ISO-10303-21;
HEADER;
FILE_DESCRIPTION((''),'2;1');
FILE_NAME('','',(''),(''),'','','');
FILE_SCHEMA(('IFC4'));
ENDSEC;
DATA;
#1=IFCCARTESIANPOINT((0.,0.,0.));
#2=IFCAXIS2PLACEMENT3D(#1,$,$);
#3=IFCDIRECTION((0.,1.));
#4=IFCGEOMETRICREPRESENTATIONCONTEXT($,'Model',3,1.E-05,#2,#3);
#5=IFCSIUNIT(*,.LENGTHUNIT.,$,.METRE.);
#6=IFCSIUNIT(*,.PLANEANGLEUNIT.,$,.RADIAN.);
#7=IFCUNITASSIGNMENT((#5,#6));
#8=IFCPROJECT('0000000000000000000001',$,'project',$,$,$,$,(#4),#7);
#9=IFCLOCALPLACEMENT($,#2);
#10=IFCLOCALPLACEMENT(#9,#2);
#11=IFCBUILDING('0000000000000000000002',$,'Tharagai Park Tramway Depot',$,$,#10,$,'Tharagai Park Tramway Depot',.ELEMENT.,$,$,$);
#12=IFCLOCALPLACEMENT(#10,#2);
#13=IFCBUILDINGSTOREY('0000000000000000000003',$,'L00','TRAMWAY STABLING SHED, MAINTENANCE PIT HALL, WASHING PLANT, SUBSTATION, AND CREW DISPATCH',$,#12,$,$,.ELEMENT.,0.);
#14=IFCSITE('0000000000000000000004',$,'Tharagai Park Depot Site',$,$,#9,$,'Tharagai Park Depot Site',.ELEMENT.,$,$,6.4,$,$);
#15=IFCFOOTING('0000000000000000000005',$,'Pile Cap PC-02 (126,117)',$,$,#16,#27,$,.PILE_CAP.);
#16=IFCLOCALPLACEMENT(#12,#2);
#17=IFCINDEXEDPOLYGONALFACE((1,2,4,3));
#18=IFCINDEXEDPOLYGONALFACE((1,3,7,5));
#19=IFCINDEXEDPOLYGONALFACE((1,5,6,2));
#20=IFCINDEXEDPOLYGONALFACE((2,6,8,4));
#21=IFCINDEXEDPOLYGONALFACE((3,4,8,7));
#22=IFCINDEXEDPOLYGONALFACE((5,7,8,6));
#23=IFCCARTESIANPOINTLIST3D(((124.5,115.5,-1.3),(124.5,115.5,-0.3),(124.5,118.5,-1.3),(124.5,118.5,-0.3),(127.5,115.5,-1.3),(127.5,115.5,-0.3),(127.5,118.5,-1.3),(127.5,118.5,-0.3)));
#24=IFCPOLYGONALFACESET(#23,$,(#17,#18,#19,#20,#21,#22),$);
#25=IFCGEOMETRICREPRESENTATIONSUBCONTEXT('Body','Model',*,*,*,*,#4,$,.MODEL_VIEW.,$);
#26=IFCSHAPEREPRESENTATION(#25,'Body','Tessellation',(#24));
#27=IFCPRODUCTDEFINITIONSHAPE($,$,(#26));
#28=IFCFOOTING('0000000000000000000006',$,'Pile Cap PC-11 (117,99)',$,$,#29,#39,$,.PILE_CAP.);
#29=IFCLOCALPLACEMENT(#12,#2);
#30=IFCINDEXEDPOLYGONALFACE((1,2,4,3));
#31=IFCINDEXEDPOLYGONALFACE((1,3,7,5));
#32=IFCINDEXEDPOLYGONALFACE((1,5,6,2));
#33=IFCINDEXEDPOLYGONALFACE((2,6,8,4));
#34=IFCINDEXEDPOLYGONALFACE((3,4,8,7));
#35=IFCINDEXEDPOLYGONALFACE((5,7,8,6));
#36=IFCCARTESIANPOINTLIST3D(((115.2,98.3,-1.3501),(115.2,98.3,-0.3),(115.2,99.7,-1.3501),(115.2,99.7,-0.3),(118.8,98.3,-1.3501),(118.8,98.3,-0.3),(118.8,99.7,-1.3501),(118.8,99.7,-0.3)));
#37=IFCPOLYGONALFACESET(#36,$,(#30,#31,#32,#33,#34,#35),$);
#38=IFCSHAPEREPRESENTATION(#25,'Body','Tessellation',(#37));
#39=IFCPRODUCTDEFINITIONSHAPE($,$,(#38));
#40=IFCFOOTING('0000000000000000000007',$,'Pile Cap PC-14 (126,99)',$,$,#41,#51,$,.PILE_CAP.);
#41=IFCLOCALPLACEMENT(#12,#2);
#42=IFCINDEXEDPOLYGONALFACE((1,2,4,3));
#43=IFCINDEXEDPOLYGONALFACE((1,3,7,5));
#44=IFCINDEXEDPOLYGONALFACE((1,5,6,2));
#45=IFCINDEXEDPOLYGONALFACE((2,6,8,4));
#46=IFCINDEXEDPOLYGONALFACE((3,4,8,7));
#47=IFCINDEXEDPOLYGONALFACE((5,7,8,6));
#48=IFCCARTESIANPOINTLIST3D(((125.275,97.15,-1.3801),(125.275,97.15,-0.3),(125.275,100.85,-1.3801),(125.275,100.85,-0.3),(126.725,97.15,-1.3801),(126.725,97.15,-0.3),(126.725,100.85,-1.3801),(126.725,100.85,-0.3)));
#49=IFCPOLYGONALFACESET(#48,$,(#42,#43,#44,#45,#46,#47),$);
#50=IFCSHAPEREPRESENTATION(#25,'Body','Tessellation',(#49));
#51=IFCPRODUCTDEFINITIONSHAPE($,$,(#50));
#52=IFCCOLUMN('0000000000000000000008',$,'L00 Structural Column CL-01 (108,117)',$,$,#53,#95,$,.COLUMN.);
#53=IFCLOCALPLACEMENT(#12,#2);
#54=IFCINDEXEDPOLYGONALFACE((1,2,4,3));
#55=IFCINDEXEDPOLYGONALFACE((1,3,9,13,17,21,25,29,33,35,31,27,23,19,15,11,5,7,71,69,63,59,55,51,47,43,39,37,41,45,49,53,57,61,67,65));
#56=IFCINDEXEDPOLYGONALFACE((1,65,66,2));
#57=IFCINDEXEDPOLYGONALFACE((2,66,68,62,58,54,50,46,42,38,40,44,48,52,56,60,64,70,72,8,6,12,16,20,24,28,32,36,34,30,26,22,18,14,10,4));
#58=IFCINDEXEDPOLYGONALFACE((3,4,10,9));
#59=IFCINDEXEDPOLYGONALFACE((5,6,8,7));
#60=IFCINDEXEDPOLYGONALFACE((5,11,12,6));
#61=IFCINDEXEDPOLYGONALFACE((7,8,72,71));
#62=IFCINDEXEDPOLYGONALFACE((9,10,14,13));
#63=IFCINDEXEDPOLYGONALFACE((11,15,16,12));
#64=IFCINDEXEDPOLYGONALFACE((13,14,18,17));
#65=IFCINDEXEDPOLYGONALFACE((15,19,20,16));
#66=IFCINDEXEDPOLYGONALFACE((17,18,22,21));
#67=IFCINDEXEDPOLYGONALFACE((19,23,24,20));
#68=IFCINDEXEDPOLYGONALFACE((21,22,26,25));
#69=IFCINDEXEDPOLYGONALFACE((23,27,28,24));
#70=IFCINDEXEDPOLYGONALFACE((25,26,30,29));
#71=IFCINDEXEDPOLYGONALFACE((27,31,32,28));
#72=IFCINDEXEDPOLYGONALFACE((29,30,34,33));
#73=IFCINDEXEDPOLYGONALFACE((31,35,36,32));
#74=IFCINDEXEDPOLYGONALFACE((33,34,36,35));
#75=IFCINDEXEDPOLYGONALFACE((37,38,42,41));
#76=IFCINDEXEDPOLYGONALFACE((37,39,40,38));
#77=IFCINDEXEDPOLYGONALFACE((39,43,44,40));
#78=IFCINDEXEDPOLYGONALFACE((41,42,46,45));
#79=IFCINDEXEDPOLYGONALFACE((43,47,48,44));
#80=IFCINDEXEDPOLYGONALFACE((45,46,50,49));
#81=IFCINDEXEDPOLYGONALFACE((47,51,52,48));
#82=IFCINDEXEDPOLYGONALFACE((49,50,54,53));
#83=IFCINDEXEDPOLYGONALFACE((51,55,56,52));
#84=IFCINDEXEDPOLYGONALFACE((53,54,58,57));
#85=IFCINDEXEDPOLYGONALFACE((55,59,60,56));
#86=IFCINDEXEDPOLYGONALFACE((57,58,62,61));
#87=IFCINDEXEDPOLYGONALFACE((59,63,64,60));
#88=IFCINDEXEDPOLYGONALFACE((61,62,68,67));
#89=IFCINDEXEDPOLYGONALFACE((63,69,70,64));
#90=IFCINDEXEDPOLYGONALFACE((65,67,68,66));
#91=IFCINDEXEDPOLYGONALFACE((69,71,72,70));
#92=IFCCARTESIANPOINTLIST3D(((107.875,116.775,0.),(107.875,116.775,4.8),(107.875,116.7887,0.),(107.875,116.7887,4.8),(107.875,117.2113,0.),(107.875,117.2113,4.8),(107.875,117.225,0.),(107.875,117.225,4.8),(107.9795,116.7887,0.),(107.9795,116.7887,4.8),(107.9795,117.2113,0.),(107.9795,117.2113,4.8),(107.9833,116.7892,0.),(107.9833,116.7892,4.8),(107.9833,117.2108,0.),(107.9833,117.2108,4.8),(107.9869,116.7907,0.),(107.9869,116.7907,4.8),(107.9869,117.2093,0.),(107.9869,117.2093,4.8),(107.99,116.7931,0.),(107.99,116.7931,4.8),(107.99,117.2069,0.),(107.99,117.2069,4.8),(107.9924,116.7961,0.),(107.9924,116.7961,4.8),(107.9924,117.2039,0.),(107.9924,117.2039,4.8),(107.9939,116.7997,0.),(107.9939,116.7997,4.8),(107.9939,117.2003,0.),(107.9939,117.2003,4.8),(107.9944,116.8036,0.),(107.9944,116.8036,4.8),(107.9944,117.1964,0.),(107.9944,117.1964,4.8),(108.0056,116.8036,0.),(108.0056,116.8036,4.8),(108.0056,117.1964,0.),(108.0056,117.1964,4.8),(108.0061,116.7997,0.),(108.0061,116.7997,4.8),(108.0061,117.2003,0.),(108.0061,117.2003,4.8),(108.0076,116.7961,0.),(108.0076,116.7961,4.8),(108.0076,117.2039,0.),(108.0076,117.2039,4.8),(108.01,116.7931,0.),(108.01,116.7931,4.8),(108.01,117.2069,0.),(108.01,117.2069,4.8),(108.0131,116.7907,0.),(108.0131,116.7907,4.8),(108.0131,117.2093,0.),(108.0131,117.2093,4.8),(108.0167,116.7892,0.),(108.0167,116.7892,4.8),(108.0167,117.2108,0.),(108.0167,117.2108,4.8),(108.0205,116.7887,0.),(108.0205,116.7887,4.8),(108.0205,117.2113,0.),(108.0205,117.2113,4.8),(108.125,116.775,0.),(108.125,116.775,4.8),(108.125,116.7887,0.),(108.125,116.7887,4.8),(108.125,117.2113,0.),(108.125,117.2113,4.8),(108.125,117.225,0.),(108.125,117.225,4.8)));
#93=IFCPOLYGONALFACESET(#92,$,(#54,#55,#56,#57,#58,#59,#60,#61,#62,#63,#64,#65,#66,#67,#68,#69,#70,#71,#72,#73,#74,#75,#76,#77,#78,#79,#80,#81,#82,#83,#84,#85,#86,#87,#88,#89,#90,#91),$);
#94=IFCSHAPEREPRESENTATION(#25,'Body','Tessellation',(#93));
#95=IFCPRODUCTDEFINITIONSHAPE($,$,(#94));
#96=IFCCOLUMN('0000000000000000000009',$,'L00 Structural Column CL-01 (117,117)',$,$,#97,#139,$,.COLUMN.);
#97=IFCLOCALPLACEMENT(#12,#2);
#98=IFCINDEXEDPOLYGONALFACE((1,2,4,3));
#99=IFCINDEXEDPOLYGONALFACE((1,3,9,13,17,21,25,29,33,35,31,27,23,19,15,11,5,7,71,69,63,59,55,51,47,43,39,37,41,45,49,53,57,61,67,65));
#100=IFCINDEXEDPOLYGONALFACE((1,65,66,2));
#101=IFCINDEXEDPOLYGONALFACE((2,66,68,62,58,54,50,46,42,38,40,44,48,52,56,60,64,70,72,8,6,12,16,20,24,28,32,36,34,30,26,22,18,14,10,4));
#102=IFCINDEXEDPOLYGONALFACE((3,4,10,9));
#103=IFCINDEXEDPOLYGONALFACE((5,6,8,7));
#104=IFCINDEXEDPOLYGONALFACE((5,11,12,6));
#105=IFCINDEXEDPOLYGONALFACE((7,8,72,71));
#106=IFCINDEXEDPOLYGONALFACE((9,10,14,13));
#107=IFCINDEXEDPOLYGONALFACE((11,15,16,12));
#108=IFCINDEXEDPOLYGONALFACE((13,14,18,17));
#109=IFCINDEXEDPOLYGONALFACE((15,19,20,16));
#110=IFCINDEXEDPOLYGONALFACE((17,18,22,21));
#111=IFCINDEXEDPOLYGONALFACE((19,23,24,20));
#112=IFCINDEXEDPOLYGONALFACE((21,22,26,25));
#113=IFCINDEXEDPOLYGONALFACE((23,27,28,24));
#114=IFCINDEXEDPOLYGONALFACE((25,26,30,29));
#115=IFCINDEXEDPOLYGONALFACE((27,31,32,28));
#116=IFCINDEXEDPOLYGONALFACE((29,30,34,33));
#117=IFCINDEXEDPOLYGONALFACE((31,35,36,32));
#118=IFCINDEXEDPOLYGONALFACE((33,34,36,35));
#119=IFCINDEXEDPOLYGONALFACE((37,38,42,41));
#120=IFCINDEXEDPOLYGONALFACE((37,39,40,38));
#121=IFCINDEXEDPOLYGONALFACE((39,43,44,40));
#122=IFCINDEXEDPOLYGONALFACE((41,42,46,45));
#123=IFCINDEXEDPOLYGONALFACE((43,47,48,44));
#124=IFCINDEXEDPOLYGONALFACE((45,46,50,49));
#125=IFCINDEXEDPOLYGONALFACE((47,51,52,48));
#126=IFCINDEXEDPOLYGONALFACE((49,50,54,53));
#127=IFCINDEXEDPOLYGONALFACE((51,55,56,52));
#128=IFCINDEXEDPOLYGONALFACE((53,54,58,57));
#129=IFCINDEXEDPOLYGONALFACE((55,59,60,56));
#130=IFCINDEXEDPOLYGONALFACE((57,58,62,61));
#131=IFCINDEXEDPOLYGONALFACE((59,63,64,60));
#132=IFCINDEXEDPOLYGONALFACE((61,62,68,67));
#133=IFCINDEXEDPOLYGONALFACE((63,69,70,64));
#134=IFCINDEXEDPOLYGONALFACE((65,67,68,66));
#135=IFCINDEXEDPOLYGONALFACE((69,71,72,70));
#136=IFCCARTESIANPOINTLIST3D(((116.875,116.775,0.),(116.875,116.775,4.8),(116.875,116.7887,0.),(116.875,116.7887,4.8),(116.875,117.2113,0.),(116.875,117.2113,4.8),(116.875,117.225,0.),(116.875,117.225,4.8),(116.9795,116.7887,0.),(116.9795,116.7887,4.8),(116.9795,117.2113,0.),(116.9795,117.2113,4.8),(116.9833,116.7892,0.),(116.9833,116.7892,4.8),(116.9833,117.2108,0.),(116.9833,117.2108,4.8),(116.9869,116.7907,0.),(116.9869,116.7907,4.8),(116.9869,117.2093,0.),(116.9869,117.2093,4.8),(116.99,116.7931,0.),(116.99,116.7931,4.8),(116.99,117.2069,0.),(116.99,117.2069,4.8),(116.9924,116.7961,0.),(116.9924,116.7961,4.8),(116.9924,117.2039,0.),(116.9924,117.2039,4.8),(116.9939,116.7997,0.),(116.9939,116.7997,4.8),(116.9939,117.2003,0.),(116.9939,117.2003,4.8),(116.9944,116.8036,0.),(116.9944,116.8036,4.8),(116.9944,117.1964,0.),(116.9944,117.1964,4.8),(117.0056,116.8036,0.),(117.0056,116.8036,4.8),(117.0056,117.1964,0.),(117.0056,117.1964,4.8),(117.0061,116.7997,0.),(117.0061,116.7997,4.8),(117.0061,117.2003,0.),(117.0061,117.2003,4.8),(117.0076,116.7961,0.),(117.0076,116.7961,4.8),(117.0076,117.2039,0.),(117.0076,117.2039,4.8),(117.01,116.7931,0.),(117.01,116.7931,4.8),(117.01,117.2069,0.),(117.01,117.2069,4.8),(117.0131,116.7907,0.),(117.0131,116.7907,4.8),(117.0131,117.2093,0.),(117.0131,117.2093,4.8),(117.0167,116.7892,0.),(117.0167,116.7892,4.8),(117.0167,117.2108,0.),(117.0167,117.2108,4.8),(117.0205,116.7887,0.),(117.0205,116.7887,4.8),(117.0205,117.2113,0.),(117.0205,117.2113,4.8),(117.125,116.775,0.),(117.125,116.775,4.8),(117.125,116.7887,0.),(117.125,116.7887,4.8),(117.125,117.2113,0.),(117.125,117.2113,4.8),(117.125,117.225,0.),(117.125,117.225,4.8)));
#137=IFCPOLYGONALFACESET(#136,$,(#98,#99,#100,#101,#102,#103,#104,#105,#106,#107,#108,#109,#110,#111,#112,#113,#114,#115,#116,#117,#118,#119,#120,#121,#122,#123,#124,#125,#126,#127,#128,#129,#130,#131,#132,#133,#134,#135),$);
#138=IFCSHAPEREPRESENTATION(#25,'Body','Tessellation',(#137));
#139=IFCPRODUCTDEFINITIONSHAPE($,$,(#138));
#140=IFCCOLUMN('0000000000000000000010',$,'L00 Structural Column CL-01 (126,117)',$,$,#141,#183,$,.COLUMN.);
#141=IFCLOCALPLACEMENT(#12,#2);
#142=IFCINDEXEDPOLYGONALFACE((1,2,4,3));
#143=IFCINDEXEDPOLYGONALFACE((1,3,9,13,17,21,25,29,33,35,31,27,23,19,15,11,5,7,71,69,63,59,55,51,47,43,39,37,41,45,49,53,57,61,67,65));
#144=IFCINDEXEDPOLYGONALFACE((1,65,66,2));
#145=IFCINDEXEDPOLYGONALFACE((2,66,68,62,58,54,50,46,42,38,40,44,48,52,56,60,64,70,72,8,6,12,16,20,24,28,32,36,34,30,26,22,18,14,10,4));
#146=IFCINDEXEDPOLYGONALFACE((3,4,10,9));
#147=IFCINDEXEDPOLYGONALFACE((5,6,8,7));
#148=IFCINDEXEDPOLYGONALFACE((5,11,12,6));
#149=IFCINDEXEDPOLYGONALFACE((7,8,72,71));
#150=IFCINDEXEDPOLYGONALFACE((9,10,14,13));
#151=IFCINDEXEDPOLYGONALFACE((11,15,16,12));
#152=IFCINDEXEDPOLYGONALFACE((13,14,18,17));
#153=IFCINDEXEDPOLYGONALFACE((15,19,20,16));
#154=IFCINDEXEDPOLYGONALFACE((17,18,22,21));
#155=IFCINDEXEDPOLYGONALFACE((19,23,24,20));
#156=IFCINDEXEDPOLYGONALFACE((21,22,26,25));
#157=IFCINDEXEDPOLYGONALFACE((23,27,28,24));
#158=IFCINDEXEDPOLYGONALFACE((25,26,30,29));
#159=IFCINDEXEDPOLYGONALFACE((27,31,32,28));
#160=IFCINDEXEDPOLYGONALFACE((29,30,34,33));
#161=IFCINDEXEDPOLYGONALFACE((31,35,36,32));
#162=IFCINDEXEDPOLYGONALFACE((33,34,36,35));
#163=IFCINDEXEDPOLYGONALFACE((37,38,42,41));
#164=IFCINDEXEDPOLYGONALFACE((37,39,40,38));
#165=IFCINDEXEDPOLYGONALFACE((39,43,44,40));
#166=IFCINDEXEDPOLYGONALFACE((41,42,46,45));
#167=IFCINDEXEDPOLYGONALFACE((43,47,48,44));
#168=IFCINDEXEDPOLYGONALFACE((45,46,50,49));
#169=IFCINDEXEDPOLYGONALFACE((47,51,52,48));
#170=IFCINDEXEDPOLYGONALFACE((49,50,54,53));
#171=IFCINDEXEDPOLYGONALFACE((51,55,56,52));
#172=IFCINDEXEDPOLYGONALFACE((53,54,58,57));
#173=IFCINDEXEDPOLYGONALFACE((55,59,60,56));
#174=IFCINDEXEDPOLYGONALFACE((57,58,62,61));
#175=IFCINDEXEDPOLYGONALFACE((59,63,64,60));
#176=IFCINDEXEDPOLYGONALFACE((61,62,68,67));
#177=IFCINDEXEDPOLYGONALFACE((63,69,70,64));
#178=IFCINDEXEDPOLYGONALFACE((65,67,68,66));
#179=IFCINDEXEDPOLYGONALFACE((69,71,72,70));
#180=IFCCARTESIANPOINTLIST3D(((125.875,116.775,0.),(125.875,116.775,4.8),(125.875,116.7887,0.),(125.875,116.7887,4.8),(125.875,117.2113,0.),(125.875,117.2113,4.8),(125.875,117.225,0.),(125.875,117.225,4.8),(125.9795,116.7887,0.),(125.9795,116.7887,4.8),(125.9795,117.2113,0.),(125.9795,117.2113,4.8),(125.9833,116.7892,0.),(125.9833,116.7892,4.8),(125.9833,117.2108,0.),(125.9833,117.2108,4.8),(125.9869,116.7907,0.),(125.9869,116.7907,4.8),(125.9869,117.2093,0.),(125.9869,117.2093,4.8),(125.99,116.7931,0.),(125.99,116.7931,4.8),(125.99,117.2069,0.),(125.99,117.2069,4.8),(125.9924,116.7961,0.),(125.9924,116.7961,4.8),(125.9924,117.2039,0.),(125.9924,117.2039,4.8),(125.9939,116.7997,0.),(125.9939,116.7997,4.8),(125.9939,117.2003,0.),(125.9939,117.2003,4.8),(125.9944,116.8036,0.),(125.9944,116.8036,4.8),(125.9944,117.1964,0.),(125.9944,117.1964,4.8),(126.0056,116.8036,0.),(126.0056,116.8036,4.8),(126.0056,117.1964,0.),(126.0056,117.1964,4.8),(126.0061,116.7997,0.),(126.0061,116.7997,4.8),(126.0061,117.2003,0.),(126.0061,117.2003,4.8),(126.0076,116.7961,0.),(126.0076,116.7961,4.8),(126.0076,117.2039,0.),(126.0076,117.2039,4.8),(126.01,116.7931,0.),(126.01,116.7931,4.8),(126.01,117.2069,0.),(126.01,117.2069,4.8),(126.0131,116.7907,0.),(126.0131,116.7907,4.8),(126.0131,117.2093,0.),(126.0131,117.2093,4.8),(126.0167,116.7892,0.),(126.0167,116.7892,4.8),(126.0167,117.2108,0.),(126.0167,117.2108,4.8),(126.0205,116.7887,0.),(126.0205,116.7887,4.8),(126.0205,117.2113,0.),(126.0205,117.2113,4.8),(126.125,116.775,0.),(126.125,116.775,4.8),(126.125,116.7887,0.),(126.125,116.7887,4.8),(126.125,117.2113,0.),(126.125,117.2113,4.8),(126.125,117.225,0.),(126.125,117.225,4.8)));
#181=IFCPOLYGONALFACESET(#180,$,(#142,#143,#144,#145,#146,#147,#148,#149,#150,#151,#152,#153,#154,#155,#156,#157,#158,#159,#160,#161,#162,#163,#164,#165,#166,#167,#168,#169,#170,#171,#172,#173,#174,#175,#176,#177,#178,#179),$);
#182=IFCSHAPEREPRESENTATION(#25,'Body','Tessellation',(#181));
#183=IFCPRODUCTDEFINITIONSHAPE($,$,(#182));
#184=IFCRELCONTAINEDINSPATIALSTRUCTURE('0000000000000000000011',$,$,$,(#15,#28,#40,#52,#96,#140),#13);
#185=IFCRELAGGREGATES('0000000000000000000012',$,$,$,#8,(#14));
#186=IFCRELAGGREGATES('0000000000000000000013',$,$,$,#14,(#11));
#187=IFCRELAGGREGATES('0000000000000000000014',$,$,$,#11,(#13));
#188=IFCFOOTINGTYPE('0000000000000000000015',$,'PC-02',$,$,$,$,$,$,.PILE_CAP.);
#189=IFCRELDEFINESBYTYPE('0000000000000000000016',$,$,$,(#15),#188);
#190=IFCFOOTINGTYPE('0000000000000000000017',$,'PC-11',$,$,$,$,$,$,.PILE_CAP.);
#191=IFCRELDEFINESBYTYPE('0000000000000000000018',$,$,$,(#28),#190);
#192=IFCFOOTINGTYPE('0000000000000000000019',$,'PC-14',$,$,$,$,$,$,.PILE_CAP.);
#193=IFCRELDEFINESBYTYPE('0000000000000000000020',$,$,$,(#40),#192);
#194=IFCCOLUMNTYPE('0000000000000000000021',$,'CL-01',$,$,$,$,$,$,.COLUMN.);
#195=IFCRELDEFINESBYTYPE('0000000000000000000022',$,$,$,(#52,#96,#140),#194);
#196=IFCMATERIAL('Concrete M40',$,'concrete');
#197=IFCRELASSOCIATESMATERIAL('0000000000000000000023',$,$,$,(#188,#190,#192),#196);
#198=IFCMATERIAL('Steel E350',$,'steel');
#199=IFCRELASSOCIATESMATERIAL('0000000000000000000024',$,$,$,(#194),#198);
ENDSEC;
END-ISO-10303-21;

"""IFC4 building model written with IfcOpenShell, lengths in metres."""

from ifc_helpers import new_model, si_unit, direction, frame, origin, origin_2d, place, context, subcontext, project, spatial, rectangle, i_section, extrude, material, material_profile, profile_set, type_object, element, save


model = new_model("IFC4")

# Units and contexts
model_context = context("Model", 3, precision=1e-05, world=origin(), true_north=direction((0.0, 1.0)))
body_context = subcontext(model_context, "Body", "Model", "MODEL_VIEW")
ifc_project = project(units=[si_unit("LENGTHUNIT", "METRE"), si_unit("PLANEANGLEUNIT", "RADIAN")], contexts=[model_context])

# Site, building, storey
site_placement = place(None, origin())
site = spatial("IfcSite", under=ifc_project, at=site_placement, Name="Tharagai Park Depot Site", LongName="Tharagai Park Depot Site", CompositionType="ELEMENT", RefElevation=6.4)
building_placement = place(site_placement, origin())
building = spatial("IfcBuilding", under=site, at=building_placement, Name="Tharagai Park Tramway Depot", LongName="Tharagai Park Tramway Depot", CompositionType="ELEMENT")
storey_placement = place(building_placement, origin())
storey = spatial("IfcBuildingStorey", under=building, at=storey_placement, Name="L00", Description="TRAMWAY STABLING SHED, MAINTENANCE PIT HALL, WASHING PLANT, SUBSTATION, AND CREW DISPATCH", CompositionType="ELEMENT", Elevation=0.0)

# Shared definitions
ifc_material_1 = material(Name="Concrete M40", Category="concrete")

# Footings
footing_type_1 = type_object("IfcFootingType", Name="PC-02", PredefinedType="PILE_CAP", material=ifc_material_1)
for number, where, z_axis, x_axis, name in (
    (1, (126.0, 117.0, -1.3), (0.0, 0.0, 1.0), (1.0, 0.0, 0.0), "Pile Cap PC-02 (126,117)"),
):
    element("IfcFooting", number, at=place(storey_placement, frame(where, z_axis=z_axis, x_axis=x_axis)), inside=storey, type_object=footing_type_1, Name=name, PredefinedType="PILE_CAP", context=body_context, shape_type="SweptSolid", body=[
        extrude(rectangle(XDim=3.0, YDim=3.0, at=origin_2d()), origin(), (0.0, 0.0, 1.0), 1.0),
    ])
footing_type_2 = type_object("IfcFootingType", Name="PC-11", PredefinedType="PILE_CAP", material=ifc_material_1)
footing_1_placement = place(storey_placement, frame((117.0, 99.0, -1.3501), z_axis=(0.0, 0.0, 1.0), x_axis=(1.0, 0.0, 0.0)))
element("IfcFooting", 2, at=footing_1_placement, inside=storey, type_object=footing_type_2, Name="Pile Cap PC-11 (117,99)", PredefinedType="PILE_CAP", context=body_context, shape_type="SweptSolid", body=[
    extrude(rectangle(XDim=3.6001, YDim=1.3999, at=origin_2d()), origin(), (0.0, 0.0, 1.0), 1.05),
])
footing_type_3 = type_object("IfcFootingType", Name="PC-14", PredefinedType="PILE_CAP", material=ifc_material_1)
footing_2_placement = place(storey_placement, frame((126.0, 99.0, -1.3801), z_axis=(0.0, 0.0, 1.0), x_axis=(1.0, 0.0, 0.0)))
element("IfcFooting", 3, at=footing_2_placement, inside=storey, type_object=footing_type_3, Name="Pile Cap PC-14 (126,99)", PredefinedType="PILE_CAP", context=body_context, shape_type="SweptSolid", body=[
    extrude(rectangle(XDim=1.45, YDim=3.7, at=origin_2d()), origin(), (0.0, 0.0, 1.0), 1.0801),
])

# Columns
ifc_material_2 = material(Name="Steel E350", Category="steel")
ifc_material_profile_1 = material_profile(ifc_material_2, i_section(OverallWidth=0.25, OverallDepth=0.45, WebThickness=0.0112, FlangeThickness=0.0137, FilletRadius=0.0149, at=origin_2d()), Name="ISHB 450")
ifc_profile_set_1 = profile_set([ifc_material_profile_1], Name="Steel E350")
column_type_1 = type_object("IfcColumnType", Name="CL-01", PredefinedType="COLUMN", material=ifc_profile_set_1)
for number, where, z_axis, x_axis, name in (
    (4, (108.0, 117.0, 0.0), (0.0, 0.0, 1.0), (1.0, 0.0, 0.0), "L00 Structural Column CL-01 (108,117)"),
    (5, (117.0, 117.0, 0.0), (0.0, 0.0, 1.0), (1.0, 0.0, 0.0), "L00 Structural Column CL-01 (117,117)"),
    (6, (126.0, 117.0, 0.0), (0.0, 0.0, 1.0), (1.0, 0.0, 0.0), "L00 Structural Column CL-01 (126,117)"),
):
    element("IfcColumn", number, at=place(storey_placement, frame(where, z_axis=z_axis, x_axis=x_axis)), inside=storey, type_object=column_type_1, Name=name, PredefinedType="COLUMN", context=body_context, shape_type="SweptSolid", body=[
        extrude(i_section(OverallWidth=0.25, OverallDepth=0.45, WebThickness=0.0112, FlangeThickness=0.0137, FilletRadius=0.0149, at=origin_2d()), origin(), (0.0, 0.0, 1.0), 4.8),
    ])

save(model, "model.ifc")
